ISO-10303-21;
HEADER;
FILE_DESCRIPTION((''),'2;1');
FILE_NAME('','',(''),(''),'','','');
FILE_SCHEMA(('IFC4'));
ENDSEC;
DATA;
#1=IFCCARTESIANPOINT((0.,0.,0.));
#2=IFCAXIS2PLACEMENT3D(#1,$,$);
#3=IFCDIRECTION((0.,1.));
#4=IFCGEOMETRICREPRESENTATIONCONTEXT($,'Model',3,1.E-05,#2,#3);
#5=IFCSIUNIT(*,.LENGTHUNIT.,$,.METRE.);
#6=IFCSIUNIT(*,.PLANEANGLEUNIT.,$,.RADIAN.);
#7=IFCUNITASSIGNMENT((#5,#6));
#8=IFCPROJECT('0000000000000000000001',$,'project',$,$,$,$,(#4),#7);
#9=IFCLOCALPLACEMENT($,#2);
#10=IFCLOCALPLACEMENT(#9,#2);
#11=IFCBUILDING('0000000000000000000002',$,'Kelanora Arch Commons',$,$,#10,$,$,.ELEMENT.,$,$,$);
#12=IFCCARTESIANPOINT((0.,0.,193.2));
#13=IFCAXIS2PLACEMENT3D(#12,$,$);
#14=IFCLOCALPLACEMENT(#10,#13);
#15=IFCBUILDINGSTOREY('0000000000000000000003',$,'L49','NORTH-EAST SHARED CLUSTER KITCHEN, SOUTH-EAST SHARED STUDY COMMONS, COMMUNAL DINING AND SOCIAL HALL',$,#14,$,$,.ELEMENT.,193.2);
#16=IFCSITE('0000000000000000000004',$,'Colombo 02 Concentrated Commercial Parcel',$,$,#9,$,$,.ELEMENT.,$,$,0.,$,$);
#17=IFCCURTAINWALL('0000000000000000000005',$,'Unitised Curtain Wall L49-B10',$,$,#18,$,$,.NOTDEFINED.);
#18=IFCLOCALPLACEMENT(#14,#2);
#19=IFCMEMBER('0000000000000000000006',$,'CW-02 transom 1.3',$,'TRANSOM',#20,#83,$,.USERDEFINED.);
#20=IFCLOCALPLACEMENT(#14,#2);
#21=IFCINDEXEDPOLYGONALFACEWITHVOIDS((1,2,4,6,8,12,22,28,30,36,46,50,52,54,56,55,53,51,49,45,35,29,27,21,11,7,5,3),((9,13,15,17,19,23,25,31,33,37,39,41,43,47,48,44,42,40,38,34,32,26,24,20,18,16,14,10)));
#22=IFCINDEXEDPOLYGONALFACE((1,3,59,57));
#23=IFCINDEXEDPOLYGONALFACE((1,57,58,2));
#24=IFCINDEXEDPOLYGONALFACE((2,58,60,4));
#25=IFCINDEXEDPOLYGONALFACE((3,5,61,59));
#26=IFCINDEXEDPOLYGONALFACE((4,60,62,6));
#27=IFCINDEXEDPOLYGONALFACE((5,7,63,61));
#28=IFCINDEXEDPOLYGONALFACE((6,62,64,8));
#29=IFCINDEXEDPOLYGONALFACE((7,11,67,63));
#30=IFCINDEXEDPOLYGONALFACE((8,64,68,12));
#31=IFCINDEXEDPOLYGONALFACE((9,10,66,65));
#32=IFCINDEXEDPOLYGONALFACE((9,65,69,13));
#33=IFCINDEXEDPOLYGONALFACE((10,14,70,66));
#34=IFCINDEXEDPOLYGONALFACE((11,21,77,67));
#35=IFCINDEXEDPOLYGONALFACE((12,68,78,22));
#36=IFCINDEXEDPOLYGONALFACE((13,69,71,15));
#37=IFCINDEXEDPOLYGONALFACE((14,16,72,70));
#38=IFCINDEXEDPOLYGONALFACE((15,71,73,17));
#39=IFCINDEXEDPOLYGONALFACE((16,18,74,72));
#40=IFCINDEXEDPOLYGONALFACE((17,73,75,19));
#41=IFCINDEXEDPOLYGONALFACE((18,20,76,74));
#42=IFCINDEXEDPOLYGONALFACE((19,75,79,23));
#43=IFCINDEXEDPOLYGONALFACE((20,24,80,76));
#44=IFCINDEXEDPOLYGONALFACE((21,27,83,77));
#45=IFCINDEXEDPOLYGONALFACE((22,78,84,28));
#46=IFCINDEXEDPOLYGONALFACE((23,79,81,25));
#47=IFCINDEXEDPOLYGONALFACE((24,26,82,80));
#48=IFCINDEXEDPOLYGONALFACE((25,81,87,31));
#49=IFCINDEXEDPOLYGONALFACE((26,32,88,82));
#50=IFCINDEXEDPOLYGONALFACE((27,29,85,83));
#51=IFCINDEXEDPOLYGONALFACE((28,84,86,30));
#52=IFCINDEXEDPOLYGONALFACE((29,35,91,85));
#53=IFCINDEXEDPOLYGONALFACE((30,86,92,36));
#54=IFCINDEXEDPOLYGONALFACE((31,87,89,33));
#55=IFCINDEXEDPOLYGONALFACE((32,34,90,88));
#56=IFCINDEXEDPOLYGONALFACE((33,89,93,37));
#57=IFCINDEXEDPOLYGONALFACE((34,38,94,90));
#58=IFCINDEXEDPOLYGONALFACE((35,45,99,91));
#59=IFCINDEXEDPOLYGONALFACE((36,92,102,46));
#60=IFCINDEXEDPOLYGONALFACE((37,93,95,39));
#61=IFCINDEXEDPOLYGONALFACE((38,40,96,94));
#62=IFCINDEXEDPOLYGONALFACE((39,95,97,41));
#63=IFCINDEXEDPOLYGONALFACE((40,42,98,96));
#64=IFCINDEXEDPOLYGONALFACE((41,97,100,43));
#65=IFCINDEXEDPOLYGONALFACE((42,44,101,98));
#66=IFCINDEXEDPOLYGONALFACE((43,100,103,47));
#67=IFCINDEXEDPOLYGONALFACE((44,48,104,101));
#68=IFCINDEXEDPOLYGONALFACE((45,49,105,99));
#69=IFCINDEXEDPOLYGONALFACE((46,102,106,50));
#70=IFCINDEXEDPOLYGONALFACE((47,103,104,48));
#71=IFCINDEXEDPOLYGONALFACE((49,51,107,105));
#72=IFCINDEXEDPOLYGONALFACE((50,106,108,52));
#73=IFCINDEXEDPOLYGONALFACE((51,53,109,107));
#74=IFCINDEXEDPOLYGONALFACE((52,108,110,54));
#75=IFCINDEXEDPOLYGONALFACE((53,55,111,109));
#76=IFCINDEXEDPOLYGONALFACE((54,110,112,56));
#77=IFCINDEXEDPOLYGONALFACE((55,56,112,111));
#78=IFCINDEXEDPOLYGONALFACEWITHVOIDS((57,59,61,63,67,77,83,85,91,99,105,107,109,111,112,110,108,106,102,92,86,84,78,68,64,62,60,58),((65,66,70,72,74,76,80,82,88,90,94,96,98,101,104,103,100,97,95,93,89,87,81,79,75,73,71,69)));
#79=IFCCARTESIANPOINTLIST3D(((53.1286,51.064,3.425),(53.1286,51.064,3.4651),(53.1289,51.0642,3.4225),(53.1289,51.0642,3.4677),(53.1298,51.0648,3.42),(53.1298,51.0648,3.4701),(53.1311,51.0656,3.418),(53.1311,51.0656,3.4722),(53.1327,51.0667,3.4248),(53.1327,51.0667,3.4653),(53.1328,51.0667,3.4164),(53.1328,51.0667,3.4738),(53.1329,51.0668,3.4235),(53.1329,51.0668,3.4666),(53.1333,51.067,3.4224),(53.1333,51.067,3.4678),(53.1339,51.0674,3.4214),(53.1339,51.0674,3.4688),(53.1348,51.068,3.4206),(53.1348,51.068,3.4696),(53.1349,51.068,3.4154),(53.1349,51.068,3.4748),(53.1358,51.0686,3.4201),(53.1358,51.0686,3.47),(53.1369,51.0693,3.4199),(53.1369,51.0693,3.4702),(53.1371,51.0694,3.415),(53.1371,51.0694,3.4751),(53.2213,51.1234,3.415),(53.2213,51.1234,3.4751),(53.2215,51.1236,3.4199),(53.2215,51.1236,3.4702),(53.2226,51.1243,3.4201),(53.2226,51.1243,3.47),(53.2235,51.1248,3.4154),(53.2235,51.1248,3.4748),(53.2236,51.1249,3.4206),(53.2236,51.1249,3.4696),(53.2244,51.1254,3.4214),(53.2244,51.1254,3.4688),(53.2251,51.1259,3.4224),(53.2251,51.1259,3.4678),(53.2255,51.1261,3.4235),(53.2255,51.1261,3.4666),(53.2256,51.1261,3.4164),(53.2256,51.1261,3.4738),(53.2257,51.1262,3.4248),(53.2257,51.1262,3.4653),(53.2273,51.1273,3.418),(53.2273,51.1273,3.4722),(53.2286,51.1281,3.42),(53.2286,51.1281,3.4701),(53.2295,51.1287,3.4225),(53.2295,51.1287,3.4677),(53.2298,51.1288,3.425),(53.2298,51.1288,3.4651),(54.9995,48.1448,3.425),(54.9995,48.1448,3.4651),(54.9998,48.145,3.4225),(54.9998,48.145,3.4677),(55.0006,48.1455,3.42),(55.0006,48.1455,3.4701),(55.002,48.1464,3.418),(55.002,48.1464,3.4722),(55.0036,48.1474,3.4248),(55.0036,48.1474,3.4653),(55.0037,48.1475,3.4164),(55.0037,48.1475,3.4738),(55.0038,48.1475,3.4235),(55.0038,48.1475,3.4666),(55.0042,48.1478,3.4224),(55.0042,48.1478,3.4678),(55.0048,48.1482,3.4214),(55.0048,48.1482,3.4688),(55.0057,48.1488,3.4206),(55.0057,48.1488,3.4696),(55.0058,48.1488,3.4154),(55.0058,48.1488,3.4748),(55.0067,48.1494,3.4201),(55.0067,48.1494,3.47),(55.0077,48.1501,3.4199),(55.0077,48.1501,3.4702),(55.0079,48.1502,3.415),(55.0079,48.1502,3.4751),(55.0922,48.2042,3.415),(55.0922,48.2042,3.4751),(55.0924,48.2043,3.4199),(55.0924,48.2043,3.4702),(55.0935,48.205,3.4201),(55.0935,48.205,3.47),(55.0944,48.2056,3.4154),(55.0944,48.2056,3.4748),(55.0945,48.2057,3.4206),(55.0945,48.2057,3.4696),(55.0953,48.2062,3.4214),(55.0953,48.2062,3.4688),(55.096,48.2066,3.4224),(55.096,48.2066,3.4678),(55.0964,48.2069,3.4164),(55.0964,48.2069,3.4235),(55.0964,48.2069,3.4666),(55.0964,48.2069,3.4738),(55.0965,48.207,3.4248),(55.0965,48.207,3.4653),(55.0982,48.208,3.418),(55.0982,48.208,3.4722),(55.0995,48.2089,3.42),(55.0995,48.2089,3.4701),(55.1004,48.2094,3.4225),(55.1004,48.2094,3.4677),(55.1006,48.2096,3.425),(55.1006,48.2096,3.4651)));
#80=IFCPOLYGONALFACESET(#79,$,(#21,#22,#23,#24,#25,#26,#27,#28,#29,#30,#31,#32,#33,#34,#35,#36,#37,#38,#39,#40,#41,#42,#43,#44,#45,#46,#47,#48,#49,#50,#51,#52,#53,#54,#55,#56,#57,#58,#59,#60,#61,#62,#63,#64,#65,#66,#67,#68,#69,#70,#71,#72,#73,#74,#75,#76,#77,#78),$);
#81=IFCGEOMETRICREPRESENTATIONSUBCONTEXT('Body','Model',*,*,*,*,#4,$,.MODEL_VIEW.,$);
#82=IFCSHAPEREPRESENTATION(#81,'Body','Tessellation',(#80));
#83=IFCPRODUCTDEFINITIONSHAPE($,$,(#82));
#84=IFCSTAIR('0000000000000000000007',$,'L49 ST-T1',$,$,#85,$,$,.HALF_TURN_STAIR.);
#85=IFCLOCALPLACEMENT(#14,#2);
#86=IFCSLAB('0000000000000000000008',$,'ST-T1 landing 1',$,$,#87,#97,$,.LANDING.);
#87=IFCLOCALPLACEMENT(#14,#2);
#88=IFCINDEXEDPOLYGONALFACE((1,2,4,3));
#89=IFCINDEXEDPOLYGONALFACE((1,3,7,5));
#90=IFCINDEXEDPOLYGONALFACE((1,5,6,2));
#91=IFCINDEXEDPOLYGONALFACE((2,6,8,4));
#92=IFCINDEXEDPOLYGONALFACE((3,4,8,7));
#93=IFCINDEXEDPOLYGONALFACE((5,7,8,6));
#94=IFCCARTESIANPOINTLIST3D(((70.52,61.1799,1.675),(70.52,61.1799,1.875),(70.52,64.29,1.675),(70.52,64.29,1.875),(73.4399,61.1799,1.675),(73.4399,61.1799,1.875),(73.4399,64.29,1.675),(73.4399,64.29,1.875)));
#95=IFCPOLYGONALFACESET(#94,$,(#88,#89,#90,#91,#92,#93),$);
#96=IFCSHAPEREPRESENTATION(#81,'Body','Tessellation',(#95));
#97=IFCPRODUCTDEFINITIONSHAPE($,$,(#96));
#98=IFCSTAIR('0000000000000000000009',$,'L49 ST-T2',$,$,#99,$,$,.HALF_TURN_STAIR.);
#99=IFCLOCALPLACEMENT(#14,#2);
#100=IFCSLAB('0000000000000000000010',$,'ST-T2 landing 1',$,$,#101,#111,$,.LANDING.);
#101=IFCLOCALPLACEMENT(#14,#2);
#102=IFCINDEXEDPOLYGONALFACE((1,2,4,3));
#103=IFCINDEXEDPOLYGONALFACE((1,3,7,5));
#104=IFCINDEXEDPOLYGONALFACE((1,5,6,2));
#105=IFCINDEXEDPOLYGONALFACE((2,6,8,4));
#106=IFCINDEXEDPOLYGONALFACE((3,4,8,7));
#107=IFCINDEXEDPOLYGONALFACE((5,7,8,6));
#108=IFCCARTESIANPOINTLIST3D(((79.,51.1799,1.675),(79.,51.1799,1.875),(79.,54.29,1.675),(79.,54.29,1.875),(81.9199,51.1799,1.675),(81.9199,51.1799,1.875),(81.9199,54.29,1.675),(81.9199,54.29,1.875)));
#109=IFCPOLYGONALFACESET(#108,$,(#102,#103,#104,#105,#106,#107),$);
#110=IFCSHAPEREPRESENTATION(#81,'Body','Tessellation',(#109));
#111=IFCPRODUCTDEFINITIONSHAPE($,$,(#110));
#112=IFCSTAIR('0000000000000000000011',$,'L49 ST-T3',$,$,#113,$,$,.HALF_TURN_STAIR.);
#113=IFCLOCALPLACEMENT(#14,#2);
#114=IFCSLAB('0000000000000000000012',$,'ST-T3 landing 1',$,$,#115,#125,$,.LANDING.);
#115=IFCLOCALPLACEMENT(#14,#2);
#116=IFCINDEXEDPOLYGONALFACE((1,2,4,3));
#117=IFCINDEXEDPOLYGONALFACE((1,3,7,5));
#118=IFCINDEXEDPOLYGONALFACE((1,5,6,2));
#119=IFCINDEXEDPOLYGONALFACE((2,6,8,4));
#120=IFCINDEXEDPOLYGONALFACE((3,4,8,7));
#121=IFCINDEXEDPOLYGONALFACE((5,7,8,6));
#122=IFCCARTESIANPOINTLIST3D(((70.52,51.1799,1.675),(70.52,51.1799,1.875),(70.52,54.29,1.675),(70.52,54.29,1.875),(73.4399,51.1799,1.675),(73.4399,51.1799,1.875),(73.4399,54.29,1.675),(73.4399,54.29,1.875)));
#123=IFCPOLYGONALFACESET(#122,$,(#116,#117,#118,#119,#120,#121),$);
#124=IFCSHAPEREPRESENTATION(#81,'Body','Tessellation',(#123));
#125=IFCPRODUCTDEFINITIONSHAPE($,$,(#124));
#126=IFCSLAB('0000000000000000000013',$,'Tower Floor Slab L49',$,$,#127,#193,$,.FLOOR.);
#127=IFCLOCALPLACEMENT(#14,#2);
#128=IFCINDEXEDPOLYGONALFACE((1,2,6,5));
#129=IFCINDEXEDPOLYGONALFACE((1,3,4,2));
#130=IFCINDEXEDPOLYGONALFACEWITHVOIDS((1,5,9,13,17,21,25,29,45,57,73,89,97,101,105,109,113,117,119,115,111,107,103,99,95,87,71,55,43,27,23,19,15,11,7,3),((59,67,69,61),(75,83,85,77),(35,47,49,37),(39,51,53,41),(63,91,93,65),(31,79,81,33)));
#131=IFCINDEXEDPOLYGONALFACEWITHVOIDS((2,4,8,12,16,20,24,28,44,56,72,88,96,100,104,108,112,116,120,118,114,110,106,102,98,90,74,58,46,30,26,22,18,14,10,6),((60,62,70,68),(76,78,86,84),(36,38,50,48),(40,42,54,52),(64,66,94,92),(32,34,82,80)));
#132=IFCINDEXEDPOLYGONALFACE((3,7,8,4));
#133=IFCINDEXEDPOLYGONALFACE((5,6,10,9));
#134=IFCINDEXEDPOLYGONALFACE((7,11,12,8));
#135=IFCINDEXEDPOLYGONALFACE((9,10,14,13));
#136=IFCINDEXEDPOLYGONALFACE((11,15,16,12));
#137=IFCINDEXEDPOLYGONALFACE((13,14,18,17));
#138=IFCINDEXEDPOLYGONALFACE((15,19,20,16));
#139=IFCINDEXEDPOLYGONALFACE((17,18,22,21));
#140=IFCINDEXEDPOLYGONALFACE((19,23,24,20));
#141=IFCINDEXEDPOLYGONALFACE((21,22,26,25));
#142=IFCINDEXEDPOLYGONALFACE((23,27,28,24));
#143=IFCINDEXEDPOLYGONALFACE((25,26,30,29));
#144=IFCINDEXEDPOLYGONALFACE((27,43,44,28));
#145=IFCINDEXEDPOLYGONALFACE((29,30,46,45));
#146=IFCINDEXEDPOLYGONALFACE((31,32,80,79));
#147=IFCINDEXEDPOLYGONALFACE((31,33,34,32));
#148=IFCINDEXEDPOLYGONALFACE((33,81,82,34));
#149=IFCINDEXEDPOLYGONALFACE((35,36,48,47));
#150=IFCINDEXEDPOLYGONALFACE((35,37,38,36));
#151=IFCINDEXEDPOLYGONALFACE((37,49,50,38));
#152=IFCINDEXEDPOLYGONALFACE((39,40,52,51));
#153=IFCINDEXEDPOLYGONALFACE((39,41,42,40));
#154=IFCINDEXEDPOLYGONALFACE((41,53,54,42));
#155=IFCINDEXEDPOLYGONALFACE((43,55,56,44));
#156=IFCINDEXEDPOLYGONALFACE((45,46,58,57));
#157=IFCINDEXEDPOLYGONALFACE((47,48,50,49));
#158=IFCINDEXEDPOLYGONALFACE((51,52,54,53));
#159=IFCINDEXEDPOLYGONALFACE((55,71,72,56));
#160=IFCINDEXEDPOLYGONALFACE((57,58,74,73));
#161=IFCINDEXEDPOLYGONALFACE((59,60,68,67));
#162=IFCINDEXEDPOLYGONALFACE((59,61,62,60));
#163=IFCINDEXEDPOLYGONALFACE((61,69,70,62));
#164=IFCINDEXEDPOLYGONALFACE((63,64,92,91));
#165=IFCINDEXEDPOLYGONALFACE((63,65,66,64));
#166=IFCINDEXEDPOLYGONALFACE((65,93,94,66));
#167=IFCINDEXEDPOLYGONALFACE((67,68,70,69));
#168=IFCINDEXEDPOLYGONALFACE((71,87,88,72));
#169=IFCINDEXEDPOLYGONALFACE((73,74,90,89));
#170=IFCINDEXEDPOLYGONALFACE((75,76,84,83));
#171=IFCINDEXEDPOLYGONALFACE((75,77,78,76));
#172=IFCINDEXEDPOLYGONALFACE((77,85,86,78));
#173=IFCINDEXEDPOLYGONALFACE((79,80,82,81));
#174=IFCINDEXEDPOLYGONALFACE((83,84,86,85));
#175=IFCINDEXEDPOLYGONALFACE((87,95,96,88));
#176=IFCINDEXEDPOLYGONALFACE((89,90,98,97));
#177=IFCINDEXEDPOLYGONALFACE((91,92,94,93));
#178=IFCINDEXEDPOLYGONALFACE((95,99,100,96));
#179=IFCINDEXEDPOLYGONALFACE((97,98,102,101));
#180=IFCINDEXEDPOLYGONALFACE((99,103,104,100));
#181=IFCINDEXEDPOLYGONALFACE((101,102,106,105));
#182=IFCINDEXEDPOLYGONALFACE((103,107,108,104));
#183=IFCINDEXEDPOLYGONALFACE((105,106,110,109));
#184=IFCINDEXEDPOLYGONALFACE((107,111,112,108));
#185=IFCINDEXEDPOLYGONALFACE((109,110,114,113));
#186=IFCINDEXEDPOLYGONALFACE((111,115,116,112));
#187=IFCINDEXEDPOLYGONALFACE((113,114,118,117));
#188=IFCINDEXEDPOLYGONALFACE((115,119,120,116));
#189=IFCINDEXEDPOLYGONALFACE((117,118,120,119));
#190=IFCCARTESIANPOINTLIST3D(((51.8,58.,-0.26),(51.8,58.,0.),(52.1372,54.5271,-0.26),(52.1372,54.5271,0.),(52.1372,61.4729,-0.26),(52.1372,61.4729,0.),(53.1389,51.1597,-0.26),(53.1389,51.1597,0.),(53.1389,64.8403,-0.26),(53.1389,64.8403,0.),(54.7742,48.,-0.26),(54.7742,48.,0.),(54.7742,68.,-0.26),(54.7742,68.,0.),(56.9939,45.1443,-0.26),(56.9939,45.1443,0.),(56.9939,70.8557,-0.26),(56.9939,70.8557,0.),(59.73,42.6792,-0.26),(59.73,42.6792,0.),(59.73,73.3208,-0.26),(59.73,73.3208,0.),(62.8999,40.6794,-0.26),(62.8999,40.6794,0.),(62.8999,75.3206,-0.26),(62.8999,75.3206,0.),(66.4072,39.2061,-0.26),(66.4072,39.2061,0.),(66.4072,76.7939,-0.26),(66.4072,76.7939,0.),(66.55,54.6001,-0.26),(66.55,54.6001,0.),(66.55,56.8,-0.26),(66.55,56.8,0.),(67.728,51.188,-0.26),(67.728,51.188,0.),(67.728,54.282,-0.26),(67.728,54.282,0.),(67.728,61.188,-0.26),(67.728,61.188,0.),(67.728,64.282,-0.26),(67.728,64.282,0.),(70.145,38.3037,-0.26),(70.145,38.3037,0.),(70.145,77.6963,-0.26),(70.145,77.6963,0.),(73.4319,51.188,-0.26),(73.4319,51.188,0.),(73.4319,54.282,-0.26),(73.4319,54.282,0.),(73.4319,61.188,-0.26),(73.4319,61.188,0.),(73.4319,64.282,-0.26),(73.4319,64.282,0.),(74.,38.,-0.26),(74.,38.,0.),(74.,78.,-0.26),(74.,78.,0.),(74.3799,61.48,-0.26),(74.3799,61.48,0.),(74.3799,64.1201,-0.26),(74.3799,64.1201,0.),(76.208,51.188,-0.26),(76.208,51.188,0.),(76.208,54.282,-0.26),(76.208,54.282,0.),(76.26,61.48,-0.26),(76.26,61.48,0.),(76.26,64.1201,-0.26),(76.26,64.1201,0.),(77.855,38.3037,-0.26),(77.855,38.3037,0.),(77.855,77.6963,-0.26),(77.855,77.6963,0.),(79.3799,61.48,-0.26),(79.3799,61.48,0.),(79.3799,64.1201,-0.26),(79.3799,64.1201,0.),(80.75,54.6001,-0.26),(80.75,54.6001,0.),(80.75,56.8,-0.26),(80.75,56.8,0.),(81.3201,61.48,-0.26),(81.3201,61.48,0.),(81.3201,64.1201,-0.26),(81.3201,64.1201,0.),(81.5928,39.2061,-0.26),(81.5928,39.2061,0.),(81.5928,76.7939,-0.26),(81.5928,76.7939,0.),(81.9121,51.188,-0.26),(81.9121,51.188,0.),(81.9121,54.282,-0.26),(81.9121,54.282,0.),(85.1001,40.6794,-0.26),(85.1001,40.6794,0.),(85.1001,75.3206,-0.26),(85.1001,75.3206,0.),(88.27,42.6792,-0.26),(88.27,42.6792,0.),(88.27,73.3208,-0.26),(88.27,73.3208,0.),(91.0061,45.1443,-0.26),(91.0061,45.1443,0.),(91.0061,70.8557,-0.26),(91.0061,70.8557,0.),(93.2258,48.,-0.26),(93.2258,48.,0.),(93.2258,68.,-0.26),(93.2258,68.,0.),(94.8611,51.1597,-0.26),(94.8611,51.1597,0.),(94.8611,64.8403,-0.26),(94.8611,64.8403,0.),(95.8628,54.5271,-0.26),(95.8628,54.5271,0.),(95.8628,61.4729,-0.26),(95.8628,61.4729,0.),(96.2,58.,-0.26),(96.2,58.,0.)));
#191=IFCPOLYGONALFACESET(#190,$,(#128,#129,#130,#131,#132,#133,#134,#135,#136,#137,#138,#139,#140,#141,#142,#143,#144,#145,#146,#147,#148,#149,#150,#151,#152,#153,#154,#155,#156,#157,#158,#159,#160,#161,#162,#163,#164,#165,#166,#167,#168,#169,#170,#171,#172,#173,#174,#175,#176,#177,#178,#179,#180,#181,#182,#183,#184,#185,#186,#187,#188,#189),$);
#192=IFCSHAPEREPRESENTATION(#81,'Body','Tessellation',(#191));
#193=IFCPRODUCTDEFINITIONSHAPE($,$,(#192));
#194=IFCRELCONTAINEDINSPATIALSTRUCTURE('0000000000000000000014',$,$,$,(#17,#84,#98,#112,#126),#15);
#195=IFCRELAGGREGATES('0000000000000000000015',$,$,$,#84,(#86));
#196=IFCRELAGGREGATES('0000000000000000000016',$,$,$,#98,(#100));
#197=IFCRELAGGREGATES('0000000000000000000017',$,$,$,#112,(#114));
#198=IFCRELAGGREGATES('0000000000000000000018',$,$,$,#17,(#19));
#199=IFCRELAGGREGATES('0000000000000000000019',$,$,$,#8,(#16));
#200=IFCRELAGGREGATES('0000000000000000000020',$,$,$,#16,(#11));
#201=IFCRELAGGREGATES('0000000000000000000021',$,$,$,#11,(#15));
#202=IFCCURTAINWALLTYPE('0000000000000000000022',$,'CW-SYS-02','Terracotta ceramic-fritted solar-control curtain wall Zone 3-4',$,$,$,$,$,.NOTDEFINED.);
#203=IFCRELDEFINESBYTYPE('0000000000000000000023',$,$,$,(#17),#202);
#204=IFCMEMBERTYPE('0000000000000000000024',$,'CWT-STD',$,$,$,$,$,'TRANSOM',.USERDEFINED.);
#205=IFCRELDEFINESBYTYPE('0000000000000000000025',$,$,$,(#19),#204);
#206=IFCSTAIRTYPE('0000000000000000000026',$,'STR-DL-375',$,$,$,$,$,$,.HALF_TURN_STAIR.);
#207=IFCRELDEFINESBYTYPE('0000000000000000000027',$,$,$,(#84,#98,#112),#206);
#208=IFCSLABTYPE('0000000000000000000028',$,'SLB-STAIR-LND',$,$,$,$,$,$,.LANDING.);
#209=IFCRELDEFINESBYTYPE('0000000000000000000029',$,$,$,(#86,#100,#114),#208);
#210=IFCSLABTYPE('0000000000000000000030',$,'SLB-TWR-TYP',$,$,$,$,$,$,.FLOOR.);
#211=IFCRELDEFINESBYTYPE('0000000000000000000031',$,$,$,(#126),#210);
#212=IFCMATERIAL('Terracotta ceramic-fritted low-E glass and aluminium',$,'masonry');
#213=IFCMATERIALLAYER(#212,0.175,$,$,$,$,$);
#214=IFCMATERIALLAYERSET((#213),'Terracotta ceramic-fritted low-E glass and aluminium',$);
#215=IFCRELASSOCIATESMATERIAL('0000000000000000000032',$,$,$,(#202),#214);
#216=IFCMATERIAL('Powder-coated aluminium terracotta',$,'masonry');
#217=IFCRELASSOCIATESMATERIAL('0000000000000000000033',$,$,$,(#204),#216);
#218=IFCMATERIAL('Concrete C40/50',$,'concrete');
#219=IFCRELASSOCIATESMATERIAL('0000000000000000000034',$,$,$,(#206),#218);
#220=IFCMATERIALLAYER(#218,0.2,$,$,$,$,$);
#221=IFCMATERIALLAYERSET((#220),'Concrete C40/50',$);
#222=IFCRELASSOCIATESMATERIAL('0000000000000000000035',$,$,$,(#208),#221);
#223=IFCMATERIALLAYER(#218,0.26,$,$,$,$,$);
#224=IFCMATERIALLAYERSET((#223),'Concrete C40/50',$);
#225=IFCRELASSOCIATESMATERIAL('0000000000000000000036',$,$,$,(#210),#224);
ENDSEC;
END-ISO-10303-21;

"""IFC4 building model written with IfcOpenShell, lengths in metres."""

from ifc_helpers import new_model, si_unit, direction, frame, origin, origin_2d, place, context, subcontext, project, spatial, polyline, hollow_rectangle, outline, extrude, material, layer, layer_set, material_profile, profile_set, type_object, element, aggregate, save


model = new_model("IFC4")

# Units and contexts
model_context = context("Model", 3, precision=1e-05, world=origin(), true_north=direction((0.0, 1.0)))
body_context = subcontext(model_context, "Body", "Model", "MODEL_VIEW")
ifc_project = project(units=[si_unit("LENGTHUNIT", "METRE"), si_unit("PLANEANGLEUNIT", "RADIAN")], contexts=[model_context])

# Site, building, storey
site_placement = place(None, origin())
site = spatial("IfcSite", under=ifc_project, at=site_placement, Name="Colombo 02 Concentrated Commercial Parcel", CompositionType="ELEMENT", RefElevation=0.0)
building_placement = place(site_placement, origin())
building = spatial("IfcBuilding", under=site, at=building_placement, Name="Kelanora Arch Commons", CompositionType="ELEMENT")
storey_placement = place(building_placement, frame((0.0, 0.0, 193.2)))
storey = spatial("IfcBuildingStorey", under=building, at=storey_placement, Name="L49", Description="NORTH-EAST SHARED CLUSTER KITCHEN, SOUTH-EAST SHARED STUDY COMMONS, COMMUNAL DINING AND SOCIAL HALL", CompositionType="ELEMENT", Elevation=193.2)

# Shared definitions
ifc_material_1 = material(Name="Terracotta ceramic-fritted low-E glass and aluminium", Category="masonry")
ifc_layer_1 = layer(ifc_material_1, 0.175)
ifc_layer_set_1 = layer_set([ifc_layer_1], Name="Terracotta ceramic-fritted low-E glass and aluminium")
curtain_wall_type = type_object("IfcCurtainWallType", Name="CW-SYS-02", Description="Terracotta ceramic-fritted solar-control curtain wall Zone 3-4", PredefinedType="NOTDEFINED", material=ifc_layer_set_1)
ifc_material_2 = material(Name="Powder-coated aluminium terracotta", Category="masonry")

# Curtain wall, member
curtain_wall_1_placement = place(storey_placement, origin())
curtain_wall_1 = element("IfcCurtainWall", 1, at=curtain_wall_1_placement, inside=storey, type_object=curtain_wall_type, Name="Unitised Curtain Wall L49-B10", PredefinedType="NOTDEFINED")
ifc_material_profile_1 = material_profile(ifc_material_2, hollow_rectangle(XDim=0.1201, YDim=0.0601, WallThickness=0.0049, InnerFilletRadius=0.0049, OuterFilletRadius=0.01, at=origin_2d()), Name="CWT120x60")
ifc_profile_set_1 = profile_set([ifc_material_profile_1], Name="Powder-coated aluminium terracotta")
member_type_1 = type_object("IfcMemberType", Name="CWT-STD", ElementType="TRANSOM", PredefinedType="USERDEFINED", material=ifc_profile_set_1)
member_1_placement = place(storey_placement, frame((53.1792, 51.0964, 3.4451), z_axis=(0.539579, -0.841935, 0.0), x_axis=(0.841935, 0.539579, 0.0)))
member_1 = element("IfcMember", 2, at=member_1_placement, type_object=member_type_1, Name="CW-02 transom 1.3", ObjectType="TRANSOM", PredefinedType="USERDEFINED", context=body_context, shape_type="SweptSolid", body=[
    extrude(hollow_rectangle(XDim=0.1201, YDim=0.0601, WallThickness=0.0049, InnerFilletRadius=0.0049, OuterFilletRadius=0.01, at=origin_2d()), origin(), (0.0, 0.0, 1.0), 3.4673),
])

# Stairs, slabs
ifc_material_3 = material(Name="Concrete C40/50", Category="concrete")
stair_type = type_object("IfcStairType", Name="STR-DL-375", PredefinedType="HALF_TURN_STAIR", material=ifc_material_3)
stair_1_placement = place(storey_placement, origin())
stair_1 = element("IfcStair", 3, at=stair_1_placement, inside=storey, type_object=stair_type, Name="L49 ST-T1", PredefinedType="HALF_TURN_STAIR")
ifc_layer_2 = layer(ifc_material_3, 0.2)
ifc_layer_set_2 = layer_set([ifc_layer_2], Name="Concrete C40/50")
slab_type_1 = type_object("IfcSlabType", Name="SLB-STAIR-LND", PredefinedType="LANDING", material=ifc_layer_set_2)
slab_1_placement = place(storey_placement, frame((0.0, 0.0, 1.675)))
slab_1 = element("IfcSlab", 4, at=slab_1_placement, type_object=slab_type_1, Name="ST-T1 landing 1", PredefinedType="LANDING", context=body_context, shape_type="SweptSolid", body=[
    extrude(outline(polyline([(70.52, 61.1799), (73.4399, 61.1799), (73.4399, 64.29), (70.52, 64.29), (70.52, 61.1799)])), origin(), (0.0, 0.0, 1.0), 0.2),
])
aggregate(stair_1, [slab_1])
stair_2_placement = place(storey_placement, origin())
stair_2 = element("IfcStair", 5, at=stair_2_placement, inside=storey, type_object=stair_type, Name="L49 ST-T2", PredefinedType="HALF_TURN_STAIR")
slab_2_placement = place(storey_placement, frame((0.0, 0.0, 1.675)))
slab_2 = element("IfcSlab", 6, at=slab_2_placement, type_object=slab_type_1, Name="ST-T2 landing 1", PredefinedType="LANDING", context=body_context, shape_type="SweptSolid", body=[
    extrude(outline(polyline([(79.0, 51.1799), (81.9199, 51.1799), (81.9199, 54.29), (79.0, 54.29), (79.0, 51.1799)])), origin(), (0.0, 0.0, 1.0), 0.2),
])
aggregate(stair_2, [slab_2])
stair_3_placement = place(storey_placement, origin())
stair_3 = element("IfcStair", 7, at=stair_3_placement, inside=storey, type_object=stair_type, Name="L49 ST-T3", PredefinedType="HALF_TURN_STAIR")
slab_3_placement = place(storey_placement, frame((0.0, 0.0, 1.675)))
slab_3 = element("IfcSlab", 8, at=slab_3_placement, type_object=slab_type_1, Name="ST-T3 landing 1", PredefinedType="LANDING", context=body_context, shape_type="SweptSolid", body=[
    extrude(outline(polyline([(70.52, 51.1799), (73.4399, 51.1799), (73.4399, 54.29), (70.52, 54.29), (70.52, 51.1799)])), origin(), (0.0, 0.0, 1.0), 0.2),
])
aggregate(stair_3, [slab_3])

# Slab
ifc_layer_3 = layer(ifc_material_3, 0.26)
ifc_layer_set_3 = layer_set([ifc_layer_3], Name="Concrete C40/50")
slab_type_2 = type_object("IfcSlabType", Name="SLB-TWR-TYP", PredefinedType="FLOOR", material=ifc_layer_set_3)
slab_4_placement = place(storey_placement, frame((0.0, 0.0, -0.26)))
element("IfcSlab", 9, at=slab_4_placement, inside=storey, type_object=slab_type_2, Name="Tower Floor Slab L49", PredefinedType="FLOOR", context=body_context, shape_type="SweptSolid", body=[
    extrude(outline(polyline([(96.2, 58.0), (95.8628, 61.4729), (94.8611, 64.8403), (93.2258, 68.0), (91.0061, 70.8557), (88.27, 73.3208), (85.1001, 75.3206), (81.5928, 76.7939), (77.855, 77.6963), (74.0, 78.0), (70.145, 77.6963), (66.4072, 76.7939), (62.8999, 75.3206), (59.73, 73.3208), (56.9939, 70.8557), (54.7742, 68.0), (53.1389, 64.8403), (52.1372, 61.4729), (51.8, 58.0), (52.1372, 54.5271), (53.1389, 51.1597), (54.7742, 48.0), (56.9939, 45.1443), (59.73, 42.6792), (62.8999, 40.6794), (66.4072, 39.2061), (70.145, 38.3037), (74.0, 38.0), (77.855, 38.3037), (81.5928, 39.2061), (85.1001, 40.6794), (88.27, 42.6792), (91.0061, 45.1443), (93.2258, 48.0), (94.8611, 51.1597), (95.8628, 54.5271), (96.2, 58.0)]), holes=[polyline([(73.4319, 51.188), (67.728, 51.188), (67.728, 54.282), (73.4319, 54.282), (73.4319, 51.188)]), polyline([(76.208, 51.188), (76.208, 54.282), (81.9121, 54.282), (81.9121, 51.188), (76.208, 51.188)]), polyline([(66.55, 54.6001), (66.55, 56.8), (80.75, 56.8), (80.75, 54.6001), (66.55, 54.6001)]), polyline([(73.4319, 61.188), (67.728, 61.188), (67.728, 64.282), (73.4319, 64.282), (73.4319, 61.188)]), polyline([(74.3799, 61.48), (74.3799, 64.1201), (76.26, 64.1201), (76.26, 61.48), (74.3799, 61.48)]), polyline([(79.3799, 61.48), (79.3799, 64.1201), (81.3201, 64.1201), (81.3201, 61.48), (79.3799, 61.48)])]), origin(), (0.0, 0.0, 1.0), 0.26),
])

aggregate(curtain_wall_1, [member_1])

save(model, "model.ifc")
